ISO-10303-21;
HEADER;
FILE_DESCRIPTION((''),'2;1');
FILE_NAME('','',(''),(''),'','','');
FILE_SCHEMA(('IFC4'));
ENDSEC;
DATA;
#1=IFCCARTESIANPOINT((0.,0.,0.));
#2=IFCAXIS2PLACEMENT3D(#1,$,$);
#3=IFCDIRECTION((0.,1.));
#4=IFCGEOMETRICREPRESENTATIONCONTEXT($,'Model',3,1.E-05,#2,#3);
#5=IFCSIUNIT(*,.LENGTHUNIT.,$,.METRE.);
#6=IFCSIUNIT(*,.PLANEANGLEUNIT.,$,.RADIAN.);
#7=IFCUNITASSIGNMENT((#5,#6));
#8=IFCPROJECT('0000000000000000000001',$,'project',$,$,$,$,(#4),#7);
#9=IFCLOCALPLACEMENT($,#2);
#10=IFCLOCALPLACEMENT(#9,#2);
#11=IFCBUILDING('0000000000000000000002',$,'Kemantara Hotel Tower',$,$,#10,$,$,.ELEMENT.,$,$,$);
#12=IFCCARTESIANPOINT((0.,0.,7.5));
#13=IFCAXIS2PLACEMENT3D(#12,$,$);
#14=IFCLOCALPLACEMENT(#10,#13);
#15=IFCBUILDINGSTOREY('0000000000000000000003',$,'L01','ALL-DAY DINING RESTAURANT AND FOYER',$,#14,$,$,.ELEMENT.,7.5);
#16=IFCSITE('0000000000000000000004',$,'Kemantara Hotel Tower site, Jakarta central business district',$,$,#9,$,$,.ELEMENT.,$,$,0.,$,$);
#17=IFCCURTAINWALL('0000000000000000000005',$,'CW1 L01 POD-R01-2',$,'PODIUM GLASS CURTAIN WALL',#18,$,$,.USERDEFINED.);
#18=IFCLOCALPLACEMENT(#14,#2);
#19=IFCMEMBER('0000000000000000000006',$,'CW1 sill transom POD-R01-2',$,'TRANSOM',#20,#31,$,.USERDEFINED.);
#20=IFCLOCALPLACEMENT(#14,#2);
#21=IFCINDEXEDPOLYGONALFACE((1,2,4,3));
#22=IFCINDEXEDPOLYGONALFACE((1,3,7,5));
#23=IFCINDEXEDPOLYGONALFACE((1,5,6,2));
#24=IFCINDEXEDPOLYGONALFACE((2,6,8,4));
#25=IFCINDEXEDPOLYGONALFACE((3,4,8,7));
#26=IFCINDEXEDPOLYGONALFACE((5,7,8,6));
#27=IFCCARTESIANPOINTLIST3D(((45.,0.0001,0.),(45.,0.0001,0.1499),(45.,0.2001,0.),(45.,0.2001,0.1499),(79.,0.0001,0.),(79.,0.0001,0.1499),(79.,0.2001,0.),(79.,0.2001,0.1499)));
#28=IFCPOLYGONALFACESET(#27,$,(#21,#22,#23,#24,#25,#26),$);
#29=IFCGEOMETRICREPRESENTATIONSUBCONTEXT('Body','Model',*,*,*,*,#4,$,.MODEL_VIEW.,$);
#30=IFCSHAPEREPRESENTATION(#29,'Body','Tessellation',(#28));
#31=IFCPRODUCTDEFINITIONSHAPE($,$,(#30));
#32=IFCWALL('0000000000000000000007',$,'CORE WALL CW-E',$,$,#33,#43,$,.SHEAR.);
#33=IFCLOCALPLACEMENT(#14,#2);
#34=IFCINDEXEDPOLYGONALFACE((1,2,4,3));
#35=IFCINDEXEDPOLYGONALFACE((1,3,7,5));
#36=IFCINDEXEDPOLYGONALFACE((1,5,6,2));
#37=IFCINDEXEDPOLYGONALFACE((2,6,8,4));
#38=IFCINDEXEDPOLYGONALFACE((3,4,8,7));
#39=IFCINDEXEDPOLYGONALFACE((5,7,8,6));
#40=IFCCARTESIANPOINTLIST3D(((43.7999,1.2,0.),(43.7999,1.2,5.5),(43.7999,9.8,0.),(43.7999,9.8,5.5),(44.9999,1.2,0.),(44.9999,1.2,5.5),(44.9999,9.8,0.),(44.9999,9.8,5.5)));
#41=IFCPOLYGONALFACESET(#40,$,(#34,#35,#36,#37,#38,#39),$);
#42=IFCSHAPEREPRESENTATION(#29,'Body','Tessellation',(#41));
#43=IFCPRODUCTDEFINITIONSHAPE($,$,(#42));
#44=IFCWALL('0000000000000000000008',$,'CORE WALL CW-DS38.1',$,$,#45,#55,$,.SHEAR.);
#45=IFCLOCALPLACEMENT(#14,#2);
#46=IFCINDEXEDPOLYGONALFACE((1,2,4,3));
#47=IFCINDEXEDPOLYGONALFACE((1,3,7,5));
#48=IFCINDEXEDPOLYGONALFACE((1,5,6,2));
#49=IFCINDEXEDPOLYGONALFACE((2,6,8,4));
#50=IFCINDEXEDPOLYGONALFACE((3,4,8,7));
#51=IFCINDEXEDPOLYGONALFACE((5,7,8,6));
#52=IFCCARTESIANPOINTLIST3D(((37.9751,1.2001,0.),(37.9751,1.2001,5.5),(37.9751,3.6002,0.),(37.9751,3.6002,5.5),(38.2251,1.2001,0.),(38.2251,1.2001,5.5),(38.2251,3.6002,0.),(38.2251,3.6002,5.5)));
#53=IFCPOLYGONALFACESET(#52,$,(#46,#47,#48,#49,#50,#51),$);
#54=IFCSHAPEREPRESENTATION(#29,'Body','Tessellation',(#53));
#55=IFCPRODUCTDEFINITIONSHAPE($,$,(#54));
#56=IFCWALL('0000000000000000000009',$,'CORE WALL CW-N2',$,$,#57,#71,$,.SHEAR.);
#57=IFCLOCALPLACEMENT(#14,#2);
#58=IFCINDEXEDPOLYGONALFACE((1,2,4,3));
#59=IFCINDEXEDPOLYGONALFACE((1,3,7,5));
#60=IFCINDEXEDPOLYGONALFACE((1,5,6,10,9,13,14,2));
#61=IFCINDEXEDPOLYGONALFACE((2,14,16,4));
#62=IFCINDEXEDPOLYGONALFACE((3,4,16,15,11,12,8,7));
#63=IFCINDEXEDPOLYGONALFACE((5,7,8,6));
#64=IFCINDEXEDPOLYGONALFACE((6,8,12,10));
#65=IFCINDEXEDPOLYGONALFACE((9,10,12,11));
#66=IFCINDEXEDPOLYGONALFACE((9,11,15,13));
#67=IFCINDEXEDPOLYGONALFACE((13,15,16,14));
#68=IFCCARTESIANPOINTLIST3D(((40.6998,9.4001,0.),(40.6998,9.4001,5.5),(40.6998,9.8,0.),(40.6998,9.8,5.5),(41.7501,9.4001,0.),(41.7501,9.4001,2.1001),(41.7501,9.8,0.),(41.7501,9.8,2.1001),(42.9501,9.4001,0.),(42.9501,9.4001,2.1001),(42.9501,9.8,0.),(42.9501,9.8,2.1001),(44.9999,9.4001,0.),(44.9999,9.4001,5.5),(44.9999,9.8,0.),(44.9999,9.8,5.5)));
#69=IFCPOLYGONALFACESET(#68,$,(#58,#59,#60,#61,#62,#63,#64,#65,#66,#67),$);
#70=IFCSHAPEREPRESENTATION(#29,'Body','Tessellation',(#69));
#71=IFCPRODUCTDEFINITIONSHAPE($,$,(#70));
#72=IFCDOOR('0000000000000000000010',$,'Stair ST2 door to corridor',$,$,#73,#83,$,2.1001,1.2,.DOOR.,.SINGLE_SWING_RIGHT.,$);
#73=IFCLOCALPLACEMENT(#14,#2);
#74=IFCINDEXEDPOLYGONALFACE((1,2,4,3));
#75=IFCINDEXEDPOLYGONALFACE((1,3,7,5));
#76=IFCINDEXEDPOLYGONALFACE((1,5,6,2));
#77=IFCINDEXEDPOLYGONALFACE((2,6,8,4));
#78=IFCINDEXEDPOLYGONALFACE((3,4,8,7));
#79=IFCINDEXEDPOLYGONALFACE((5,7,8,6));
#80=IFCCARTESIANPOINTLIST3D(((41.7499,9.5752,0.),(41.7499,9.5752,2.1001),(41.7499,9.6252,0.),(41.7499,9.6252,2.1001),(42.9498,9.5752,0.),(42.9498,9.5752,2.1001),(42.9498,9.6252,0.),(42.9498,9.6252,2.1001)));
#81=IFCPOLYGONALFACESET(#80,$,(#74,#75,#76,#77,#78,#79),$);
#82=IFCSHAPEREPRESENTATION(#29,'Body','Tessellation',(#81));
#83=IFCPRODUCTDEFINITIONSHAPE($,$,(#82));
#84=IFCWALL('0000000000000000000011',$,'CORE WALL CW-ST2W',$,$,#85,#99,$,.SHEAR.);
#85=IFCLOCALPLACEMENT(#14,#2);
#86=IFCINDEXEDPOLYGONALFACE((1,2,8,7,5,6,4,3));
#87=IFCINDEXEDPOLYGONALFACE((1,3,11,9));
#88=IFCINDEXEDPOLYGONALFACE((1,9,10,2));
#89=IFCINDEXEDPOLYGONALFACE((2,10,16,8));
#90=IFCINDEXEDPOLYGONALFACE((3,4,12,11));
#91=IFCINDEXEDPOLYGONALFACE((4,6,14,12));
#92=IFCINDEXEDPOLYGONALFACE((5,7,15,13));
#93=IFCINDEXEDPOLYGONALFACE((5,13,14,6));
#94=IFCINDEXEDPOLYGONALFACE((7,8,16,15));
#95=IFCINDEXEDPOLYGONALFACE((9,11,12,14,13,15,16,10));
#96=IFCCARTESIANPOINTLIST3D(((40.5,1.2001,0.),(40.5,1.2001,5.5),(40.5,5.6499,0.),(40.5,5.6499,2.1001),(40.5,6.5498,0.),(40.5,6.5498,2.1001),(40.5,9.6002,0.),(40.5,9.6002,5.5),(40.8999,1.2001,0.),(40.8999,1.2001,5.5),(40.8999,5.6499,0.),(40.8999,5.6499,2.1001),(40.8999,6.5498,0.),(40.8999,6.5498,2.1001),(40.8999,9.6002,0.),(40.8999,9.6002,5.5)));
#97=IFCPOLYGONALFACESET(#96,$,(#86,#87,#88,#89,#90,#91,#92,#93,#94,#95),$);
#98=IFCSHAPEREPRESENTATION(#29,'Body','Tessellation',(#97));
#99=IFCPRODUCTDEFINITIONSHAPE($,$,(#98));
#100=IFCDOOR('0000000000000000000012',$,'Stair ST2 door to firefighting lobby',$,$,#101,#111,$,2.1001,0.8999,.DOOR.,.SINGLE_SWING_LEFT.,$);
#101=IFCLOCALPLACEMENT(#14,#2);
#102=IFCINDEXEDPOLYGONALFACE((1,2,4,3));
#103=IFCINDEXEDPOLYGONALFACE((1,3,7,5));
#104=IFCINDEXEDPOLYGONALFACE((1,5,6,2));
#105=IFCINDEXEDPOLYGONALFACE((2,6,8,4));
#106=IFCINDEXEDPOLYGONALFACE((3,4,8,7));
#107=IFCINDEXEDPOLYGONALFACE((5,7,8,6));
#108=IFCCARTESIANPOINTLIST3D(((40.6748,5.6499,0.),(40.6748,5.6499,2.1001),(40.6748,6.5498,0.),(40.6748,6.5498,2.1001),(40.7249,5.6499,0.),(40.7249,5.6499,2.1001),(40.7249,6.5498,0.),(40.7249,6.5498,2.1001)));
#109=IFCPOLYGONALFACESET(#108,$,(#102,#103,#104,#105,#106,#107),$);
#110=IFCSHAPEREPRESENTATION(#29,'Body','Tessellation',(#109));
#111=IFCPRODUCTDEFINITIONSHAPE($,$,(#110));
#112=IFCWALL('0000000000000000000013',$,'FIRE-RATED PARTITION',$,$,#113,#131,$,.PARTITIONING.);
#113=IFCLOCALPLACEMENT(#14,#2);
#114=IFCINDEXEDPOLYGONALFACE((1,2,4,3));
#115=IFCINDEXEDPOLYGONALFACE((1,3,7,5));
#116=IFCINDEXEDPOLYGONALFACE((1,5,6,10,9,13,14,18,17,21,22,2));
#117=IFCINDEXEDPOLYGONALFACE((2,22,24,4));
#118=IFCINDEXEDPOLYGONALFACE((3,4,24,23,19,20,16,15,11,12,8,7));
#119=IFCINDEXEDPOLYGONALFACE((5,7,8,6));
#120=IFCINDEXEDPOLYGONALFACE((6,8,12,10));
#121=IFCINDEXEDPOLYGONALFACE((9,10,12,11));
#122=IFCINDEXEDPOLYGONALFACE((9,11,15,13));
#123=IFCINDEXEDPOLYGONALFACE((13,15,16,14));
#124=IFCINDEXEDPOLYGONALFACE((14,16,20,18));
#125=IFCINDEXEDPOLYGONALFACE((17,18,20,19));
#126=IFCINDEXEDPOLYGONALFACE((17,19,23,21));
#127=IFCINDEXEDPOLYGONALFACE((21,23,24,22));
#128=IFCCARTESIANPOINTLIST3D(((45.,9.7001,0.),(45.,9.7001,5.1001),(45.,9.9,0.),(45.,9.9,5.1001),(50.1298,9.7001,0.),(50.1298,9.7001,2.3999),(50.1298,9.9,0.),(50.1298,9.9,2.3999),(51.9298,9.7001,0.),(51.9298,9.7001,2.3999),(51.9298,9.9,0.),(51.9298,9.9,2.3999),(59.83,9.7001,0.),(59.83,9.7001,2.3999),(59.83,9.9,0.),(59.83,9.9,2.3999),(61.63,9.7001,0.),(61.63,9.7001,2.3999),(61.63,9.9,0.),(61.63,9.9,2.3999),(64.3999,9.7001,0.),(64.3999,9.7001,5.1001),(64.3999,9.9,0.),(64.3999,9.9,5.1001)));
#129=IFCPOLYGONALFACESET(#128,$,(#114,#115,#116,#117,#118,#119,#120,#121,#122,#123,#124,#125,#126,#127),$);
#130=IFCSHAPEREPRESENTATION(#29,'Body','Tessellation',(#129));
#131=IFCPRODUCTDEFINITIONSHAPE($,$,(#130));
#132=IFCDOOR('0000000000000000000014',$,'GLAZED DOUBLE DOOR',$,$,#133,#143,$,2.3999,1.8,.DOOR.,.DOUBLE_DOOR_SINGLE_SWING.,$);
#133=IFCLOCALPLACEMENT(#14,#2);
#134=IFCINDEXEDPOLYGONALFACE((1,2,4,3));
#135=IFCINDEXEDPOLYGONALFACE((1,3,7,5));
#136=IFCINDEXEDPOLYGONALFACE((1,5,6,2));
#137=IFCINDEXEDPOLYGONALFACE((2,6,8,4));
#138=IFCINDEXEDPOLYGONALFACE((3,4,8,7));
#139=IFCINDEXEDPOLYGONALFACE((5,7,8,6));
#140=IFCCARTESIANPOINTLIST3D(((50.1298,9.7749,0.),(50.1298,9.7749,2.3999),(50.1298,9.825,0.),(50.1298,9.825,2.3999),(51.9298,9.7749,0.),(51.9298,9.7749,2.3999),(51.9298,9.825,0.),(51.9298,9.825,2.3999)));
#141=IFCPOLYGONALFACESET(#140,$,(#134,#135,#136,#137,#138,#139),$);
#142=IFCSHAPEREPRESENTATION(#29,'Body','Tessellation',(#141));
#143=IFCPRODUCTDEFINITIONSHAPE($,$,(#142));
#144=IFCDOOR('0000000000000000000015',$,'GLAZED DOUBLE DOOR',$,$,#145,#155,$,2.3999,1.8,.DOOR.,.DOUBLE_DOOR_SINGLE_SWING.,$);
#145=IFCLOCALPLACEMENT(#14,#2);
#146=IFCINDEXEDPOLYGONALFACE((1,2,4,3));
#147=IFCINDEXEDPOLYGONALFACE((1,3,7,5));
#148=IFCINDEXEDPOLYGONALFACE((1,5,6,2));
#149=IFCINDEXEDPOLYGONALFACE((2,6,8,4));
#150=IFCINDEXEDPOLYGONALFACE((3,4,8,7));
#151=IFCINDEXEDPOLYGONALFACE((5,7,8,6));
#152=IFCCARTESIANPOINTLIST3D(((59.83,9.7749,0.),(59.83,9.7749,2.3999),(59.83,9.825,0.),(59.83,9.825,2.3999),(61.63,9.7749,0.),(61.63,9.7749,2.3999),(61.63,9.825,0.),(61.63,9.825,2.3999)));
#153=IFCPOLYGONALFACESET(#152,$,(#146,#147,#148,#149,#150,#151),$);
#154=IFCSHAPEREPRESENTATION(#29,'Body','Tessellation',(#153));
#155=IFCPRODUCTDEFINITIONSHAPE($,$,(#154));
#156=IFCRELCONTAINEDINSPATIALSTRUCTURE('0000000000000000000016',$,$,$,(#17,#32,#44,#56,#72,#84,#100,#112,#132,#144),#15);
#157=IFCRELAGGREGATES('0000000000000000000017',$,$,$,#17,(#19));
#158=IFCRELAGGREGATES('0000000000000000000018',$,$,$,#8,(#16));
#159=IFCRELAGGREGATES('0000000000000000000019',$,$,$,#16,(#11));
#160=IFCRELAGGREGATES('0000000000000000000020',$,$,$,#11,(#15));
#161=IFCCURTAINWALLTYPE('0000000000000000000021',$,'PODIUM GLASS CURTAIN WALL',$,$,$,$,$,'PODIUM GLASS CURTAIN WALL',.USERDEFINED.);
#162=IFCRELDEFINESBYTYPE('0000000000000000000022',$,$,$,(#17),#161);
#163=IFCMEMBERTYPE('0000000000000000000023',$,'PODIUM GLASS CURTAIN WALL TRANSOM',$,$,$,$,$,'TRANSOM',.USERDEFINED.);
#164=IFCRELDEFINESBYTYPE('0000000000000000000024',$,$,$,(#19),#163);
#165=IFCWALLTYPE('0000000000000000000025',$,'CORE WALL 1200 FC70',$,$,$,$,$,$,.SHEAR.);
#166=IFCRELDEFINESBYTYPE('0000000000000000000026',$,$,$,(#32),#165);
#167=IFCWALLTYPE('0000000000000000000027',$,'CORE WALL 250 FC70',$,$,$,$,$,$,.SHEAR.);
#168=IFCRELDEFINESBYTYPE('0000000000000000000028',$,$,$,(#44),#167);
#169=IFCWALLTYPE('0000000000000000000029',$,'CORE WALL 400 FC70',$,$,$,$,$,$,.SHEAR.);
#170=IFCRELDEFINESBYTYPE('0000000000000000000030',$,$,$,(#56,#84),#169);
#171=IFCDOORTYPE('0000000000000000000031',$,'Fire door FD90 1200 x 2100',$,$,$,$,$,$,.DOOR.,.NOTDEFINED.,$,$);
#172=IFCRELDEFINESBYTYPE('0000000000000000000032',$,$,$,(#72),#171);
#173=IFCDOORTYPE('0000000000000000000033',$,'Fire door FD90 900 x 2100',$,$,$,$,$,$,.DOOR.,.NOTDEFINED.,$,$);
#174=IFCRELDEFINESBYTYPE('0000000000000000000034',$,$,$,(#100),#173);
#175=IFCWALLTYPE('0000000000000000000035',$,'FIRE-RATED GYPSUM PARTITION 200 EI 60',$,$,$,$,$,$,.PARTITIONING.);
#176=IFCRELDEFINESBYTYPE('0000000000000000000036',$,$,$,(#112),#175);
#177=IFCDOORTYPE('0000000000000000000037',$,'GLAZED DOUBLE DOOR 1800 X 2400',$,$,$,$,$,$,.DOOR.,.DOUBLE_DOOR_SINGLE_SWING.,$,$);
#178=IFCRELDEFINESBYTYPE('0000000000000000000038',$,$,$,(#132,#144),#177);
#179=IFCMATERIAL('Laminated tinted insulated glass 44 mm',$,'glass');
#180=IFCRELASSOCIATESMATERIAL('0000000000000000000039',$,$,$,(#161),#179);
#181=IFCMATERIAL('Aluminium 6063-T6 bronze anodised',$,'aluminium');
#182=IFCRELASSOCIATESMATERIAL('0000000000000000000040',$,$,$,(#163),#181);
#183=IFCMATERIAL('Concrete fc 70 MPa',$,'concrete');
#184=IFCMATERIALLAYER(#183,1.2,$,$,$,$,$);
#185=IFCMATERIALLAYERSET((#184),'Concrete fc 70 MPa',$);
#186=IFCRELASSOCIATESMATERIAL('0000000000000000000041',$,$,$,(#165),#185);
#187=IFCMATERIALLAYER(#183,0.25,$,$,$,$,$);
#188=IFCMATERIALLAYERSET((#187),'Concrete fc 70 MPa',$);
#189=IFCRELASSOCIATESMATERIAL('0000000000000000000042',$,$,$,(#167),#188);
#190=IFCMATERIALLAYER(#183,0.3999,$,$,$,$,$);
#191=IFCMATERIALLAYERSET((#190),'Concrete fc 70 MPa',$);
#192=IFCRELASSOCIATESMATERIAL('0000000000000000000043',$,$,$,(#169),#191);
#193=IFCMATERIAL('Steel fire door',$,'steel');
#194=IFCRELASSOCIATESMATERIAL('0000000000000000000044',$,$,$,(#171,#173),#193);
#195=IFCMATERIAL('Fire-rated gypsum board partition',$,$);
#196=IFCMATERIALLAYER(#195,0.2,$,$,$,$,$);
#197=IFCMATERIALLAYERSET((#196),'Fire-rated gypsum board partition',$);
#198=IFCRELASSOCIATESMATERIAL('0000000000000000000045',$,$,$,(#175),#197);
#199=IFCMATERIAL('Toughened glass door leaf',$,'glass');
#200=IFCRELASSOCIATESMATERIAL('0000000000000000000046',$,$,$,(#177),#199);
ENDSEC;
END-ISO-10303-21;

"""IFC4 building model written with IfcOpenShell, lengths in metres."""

from ifc_helpers import new_model, si_unit, direction, frame, frame_2d, origin, origin_2d, place, context, subcontext, project, spatial, rectangle, extrude, material, layer, layer_set, material_profile, profile_set, type_object, element, fill, aggregate, save


model = new_model("IFC4")

# Units and contexts
model_context = context("Model", 3, precision=1e-05, world=origin(), true_north=direction((0.0, 1.0)))
body_context = subcontext(model_context, "Body", "Model", "MODEL_VIEW")
ifc_project = project(units=[si_unit("LENGTHUNIT", "METRE"), si_unit("PLANEANGLEUNIT", "RADIAN")], contexts=[model_context])

# Site, building, storey
site_placement = place(None, origin())
site = spatial("IfcSite", under=ifc_project, at=site_placement, Name="Kemantara Hotel Tower site, Jakarta central business district", CompositionType="ELEMENT", RefElevation=0.0)
building_placement = place(site_placement, origin())
building = spatial("IfcBuilding", under=site, at=building_placement, Name="Kemantara Hotel Tower", CompositionType="ELEMENT")
storey_placement = place(building_placement, frame((0.0, 0.0, 7.5)))
storey = spatial("IfcBuildingStorey", under=building, at=storey_placement, Name="L01", Description="ALL-DAY DINING RESTAURANT AND FOYER", CompositionType="ELEMENT", Elevation=7.5)

# Curtain wall, member
ifc_material_1 = material(Name="Laminated tinted insulated glass 44 mm", Category="glass")
curtain_wall_type = type_object("IfcCurtainWallType", Name="PODIUM GLASS CURTAIN WALL", ElementType="PODIUM GLASS CURTAIN WALL", PredefinedType="USERDEFINED", material=ifc_material_1)
curtain_wall_placement = place(storey_placement, origin())
curtain_wall = element("IfcCurtainWall", 1, at=curtain_wall_placement, inside=storey, type_object=curtain_wall_type, Name="CW1 L01 POD-R01-2", ObjectType="PODIUM GLASS CURTAIN WALL", PredefinedType="USERDEFINED")
ifc_material_2 = material(Name="Aluminium 6063-T6 bronze anodised", Category="aluminium")
ifc_material_profile = material_profile(ifc_material_2, rectangle(XDim=0.2, YDim=0.1499, at=origin_2d()), Name="PODIUM GLASS CURTAIN WALL TRANSOM")
ifc_profile_set = profile_set([ifc_material_profile], Name="Aluminium 6063-T6 bronze anodised")
member_type = type_object("IfcMemberType", Name="PODIUM GLASS CURTAIN WALL TRANSOM", ElementType="TRANSOM", PredefinedType="USERDEFINED", material=ifc_profile_set)
member_placement = place(storey_placement, frame((45.0, 0.1001, 0.075), z_axis=(1.0, 0.0, 0.0), x_axis=(0.0, 1.0, 0.0)))
member = element("IfcMember", 2, at=member_placement, type_object=member_type, Name="CW1 sill transom POD-R01-2", ObjectType="TRANSOM", PredefinedType="USERDEFINED", context=body_context, shape_type="SweptSolid", body=[
    extrude(rectangle(XDim=0.2, YDim=0.1499, at=origin_2d()), origin(), (0.0, 0.0, 1.0), 34.0),
])
aggregate(curtain_wall, [member])

# Walls
ifc_material_3 = material(Name="Concrete fc 70 MPa", Category="concrete")
ifc_layer_1 = layer(ifc_material_3, 1.2)
ifc_layer_set_1 = layer_set([ifc_layer_1], Name="Concrete fc 70 MPa")
wall_type_1 = type_object("IfcWallType", Name="CORE WALL 1200 FC70", PredefinedType="SHEAR", material=ifc_layer_set_1)
wall_1_placement = place(storey_placement, frame((44.3999, 1.2, 0.0), z_axis=(0.0, 0.0, 1.0), x_axis=(0.0, 1.0, 0.0)))
element("IfcWall", 3, at=wall_1_placement, inside=storey, type_object=wall_type_1, Name="CORE WALL CW-E", PredefinedType="SHEAR", context=body_context, shape_type="SweptSolid", body=[
    extrude(rectangle(XDim=8.6001, YDim=1.2, at=frame_2d((4.3, 0.0))), origin(), (0.0, 0.0, 1.0), 5.5),
])
ifc_layer_2 = layer(ifc_material_3, 0.25)
ifc_layer_set_2 = layer_set([ifc_layer_2], Name="Concrete fc 70 MPa")
wall_type_2 = type_object("IfcWallType", Name="CORE WALL 250 FC70", PredefinedType="SHEAR", material=ifc_layer_set_2)
wall_2_placement = place(storey_placement, frame((38.1001, 1.2, 0.0), z_axis=(0.0, 0.0, 1.0), x_axis=(0.0, 1.0, 0.0)))
element("IfcWall", 4, at=wall_2_placement, inside=storey, type_object=wall_type_2, Name="CORE WALL CW-DS38.1", PredefinedType="SHEAR", context=body_context, shape_type="SweptSolid", body=[
    extrude(rectangle(XDim=2.4001, YDim=0.25, at=frame_2d((1.2002, 0.0))), origin(), (0.0, 0.0, 1.0), 5.5),
])

# Walls, openings, doors
ifc_layer_3 = layer(ifc_material_3, 0.3999)
ifc_layer_set_3 = layer_set([ifc_layer_3], Name="Concrete fc 70 MPa")
wall_type_3 = type_object("IfcWallType", Name="CORE WALL 400 FC70", PredefinedType="SHEAR", material=ifc_layer_set_3)
wall_3_placement = place(storey_placement, frame((40.7, 9.6001, 0.0), z_axis=(0.0, 0.0, 1.0), x_axis=(1.0, 0.0, 0.0)))
wall_3 = element("IfcWall", 5, at=wall_3_placement, inside=storey, type_object=wall_type_3, Name="CORE WALL CW-N2", PredefinedType="SHEAR", context=body_context, shape_type="SweptSolid", body=[
    extrude(rectangle(XDim=4.3, YDim=0.3999, at=frame_2d((2.1499, 0.0))), origin(), (0.0, 0.0, 1.0), 5.5),
])
opening_1_placement = place(wall_3_placement, frame((1.05, 0.0, 0.0)))
opening_1 = element("IfcOpeningElement", 6, at=opening_1_placement, cuts=wall_3, PredefinedType="OPENING", context=body_context, shape_type="SweptSolid", body=[
    extrude(rectangle(XDim=1.2, YDim=2.1001, at=frame_2d((0.6001, 1.05))), frame((0.0, 0.21, 0.0), z_axis=(0.0, -1.0, 0.0), x_axis=(1.0, 0.0, 0.0)), (0.0, 0.0, 1.0), 0.4199),
])
ifc_material_4 = material(Name="Steel fire door", Category="steel")
door_type_1 = type_object("IfcDoorType", Name="Fire door FD90 1200 x 2100", OperationType="NOTDEFINED", PredefinedType="DOOR", material=ifc_material_4)
door_1_placement = place(opening_1_placement, frame((1.2, 0.0, 0.0), z_axis=(0.0, 0.0, 1.0), x_axis=(-1.0, 0.0, 0.0)))
door_1 = element("IfcDoor", 7, at=door_1_placement, inside=storey, type_object=door_type_1, Name="Stair ST2 door to corridor", OperationType="SINGLE_SWING_RIGHT", OverallHeight=2.1001, OverallWidth=1.2, PredefinedType="DOOR", context=body_context, shape_type="SweptSolid", body=[
    extrude(rectangle(XDim=1.2, YDim=2.1001, at=frame_2d((0.6001, 1.05))), frame((0.0, 0.0249, 0.0), z_axis=(0.0, -1.0, 0.0), x_axis=(1.0, 0.0, 0.0)), (0.0, 0.0, 1.0), 0.05),
])
fill(opening_1, door_1)
wall_4_placement = place(storey_placement, frame((40.7, 1.2, 0.0), z_axis=(0.0, 0.0, 1.0), x_axis=(0.0, 1.0, 0.0)))
wall_4 = element("IfcWall", 8, at=wall_4_placement, inside=storey, type_object=wall_type_3, Name="CORE WALL CW-ST2W", PredefinedType="SHEAR", context=body_context, shape_type="SweptSolid", body=[
    extrude(rectangle(XDim=8.4001, YDim=0.3999, at=frame_2d((4.2002, 0.0))), origin(), (0.0, 0.0, 1.0), 5.5),
])
opening_2_placement = place(wall_4_placement, frame((4.45, 0.0, 0.0)))
opening_2 = element("IfcOpeningElement", 9, at=opening_2_placement, cuts=wall_4, PredefinedType="OPENING", context=body_context, shape_type="SweptSolid", body=[
    extrude(rectangle(XDim=0.8999, YDim=2.1001, at=frame_2d((0.45, 1.05))), frame((0.0, 0.21, 0.0), z_axis=(0.0, -1.0, 0.0), x_axis=(1.0, 0.0, 0.0)), (0.0, 0.0, 1.0), 0.4199),
])
door_type_2 = type_object("IfcDoorType", Name="Fire door FD90 900 x 2100", OperationType="NOTDEFINED", PredefinedType="DOOR", material=ifc_material_4)
door_2_placement = place(opening_2_placement, frame((0.8999, 0.0, 0.0), z_axis=(0.0, 0.0, 1.0), x_axis=(-1.0, 0.0, 0.0)))
door_2 = element("IfcDoor", 10, at=door_2_placement, inside=storey, type_object=door_type_2, Name="Stair ST2 door to firefighting lobby", OperationType="SINGLE_SWING_LEFT", OverallHeight=2.1001, OverallWidth=0.8999, PredefinedType="DOOR", context=body_context, shape_type="SweptSolid", body=[
    extrude(rectangle(XDim=0.8999, YDim=2.1001, at=frame_2d((0.45, 1.05))), frame((0.0, 0.0249, 0.0), z_axis=(0.0, -1.0, 0.0), x_axis=(1.0, 0.0, 0.0)), (0.0, 0.0, 1.0), 0.05),
])
fill(opening_2, door_2)

# Wall, openings, doors
ifc_material_5 = material(Name="Fire-rated gypsum board partition")
ifc_layer_4 = layer(ifc_material_5, 0.2)
ifc_layer_set_4 = layer_set([ifc_layer_4], Name="Fire-rated gypsum board partition")
wall_type_4 = type_object("IfcWallType", Name="FIRE-RATED GYPSUM PARTITION 200 EI 60", PredefinedType="PARTITIONING", material=ifc_layer_set_4)
wall_5_placement = place(storey_placement, frame((45.0, 9.8, 0.0), z_axis=(0.0, 0.0, 1.0), x_axis=(1.0, 0.0, 0.0)))
wall_5 = element("IfcWall", 11, at=wall_5_placement, inside=storey, type_object=wall_type_4, Name="FIRE-RATED PARTITION", PredefinedType="PARTITIONING", context=body_context, shape_type="SweptSolid", body=[
    extrude(rectangle(XDim=19.3999, YDim=0.2, at=frame_2d((9.7, 0.0))), origin(), (0.0, 0.0, 1.0), 5.1001),
])
opening_3_placement = place(wall_5_placement, frame((5.1299, 0.0, 0.0)))
opening_3 = element("IfcOpeningElement", 12, at=opening_3_placement, cuts=wall_5, PredefinedType="OPENING", context=body_context, shape_type="SweptSolid", body=[
    extrude(rectangle(XDim=1.8, YDim=2.3999, at=frame_2d((0.8999, 1.2))), frame((0.0, 0.1099, 0.0), z_axis=(0.0, -1.0, 0.0), x_axis=(1.0, 0.0, 0.0)), (0.0, 0.0, 1.0), 0.22),
])
opening_4_placement = place(wall_5_placement, frame((14.8301, 0.0, 0.0)))
opening_4 = element("IfcOpeningElement", 13, at=opening_4_placement, cuts=wall_5, PredefinedType="OPENING", context=body_context, shape_type="SweptSolid", body=[
    extrude(rectangle(XDim=1.8, YDim=2.3999, at=frame_2d((0.8999, 1.2))), frame((0.0, 0.1099, 0.0), z_axis=(0.0, -1.0, 0.0), x_axis=(1.0, 0.0, 0.0)), (0.0, 0.0, 1.0), 0.22),
])
ifc_material_6 = material(Name="Toughened glass door leaf", Category="glass")
door_type_3 = type_object("IfcDoorType", Name="GLAZED DOUBLE DOOR 1800 X 2400", OperationType="DOUBLE_DOOR_SINGLE_SWING", PredefinedType="DOOR", material=ifc_material_6)
door_3_placement = place(opening_3_placement, origin())
door_3 = element("IfcDoor", 14, at=door_3_placement, inside=storey, type_object=door_type_3, Name="GLAZED DOUBLE DOOR", OperationType="DOUBLE_DOOR_SINGLE_SWING", OverallHeight=2.3999, OverallWidth=1.8, PredefinedType="DOOR", context=body_context, shape_type="SweptSolid", body=[
    extrude(rectangle(XDim=1.8, YDim=2.3999, at=frame_2d((0.8999, 1.2))), frame((0.0, 0.0249, 0.0), z_axis=(0.0, -1.0, 0.0), x_axis=(1.0, 0.0, 0.0)), (0.0, 0.0, 1.0), 0.05),
])
fill(opening_3, door_3)
door_4_placement = place(opening_4_placement, origin())
door_4 = element("IfcDoor", 15, at=door_4_placement, inside=storey, type_object=door_type_3, Name="GLAZED DOUBLE DOOR", OperationType="DOUBLE_DOOR_SINGLE_SWING", OverallHeight=2.3999, OverallWidth=1.8, PredefinedType="DOOR", context=body_context, shape_type="SweptSolid", body=[
    extrude(rectangle(XDim=1.8, YDim=2.3999, at=frame_2d((0.8999, 1.2))), frame((0.0, 0.0249, 0.0), z_axis=(0.0, -1.0, 0.0), x_axis=(1.0, 0.0, 0.0)), (0.0, 0.0, 1.0), 0.05),
])
fill(opening_4, door_4)

save(model, "model.ifc")
